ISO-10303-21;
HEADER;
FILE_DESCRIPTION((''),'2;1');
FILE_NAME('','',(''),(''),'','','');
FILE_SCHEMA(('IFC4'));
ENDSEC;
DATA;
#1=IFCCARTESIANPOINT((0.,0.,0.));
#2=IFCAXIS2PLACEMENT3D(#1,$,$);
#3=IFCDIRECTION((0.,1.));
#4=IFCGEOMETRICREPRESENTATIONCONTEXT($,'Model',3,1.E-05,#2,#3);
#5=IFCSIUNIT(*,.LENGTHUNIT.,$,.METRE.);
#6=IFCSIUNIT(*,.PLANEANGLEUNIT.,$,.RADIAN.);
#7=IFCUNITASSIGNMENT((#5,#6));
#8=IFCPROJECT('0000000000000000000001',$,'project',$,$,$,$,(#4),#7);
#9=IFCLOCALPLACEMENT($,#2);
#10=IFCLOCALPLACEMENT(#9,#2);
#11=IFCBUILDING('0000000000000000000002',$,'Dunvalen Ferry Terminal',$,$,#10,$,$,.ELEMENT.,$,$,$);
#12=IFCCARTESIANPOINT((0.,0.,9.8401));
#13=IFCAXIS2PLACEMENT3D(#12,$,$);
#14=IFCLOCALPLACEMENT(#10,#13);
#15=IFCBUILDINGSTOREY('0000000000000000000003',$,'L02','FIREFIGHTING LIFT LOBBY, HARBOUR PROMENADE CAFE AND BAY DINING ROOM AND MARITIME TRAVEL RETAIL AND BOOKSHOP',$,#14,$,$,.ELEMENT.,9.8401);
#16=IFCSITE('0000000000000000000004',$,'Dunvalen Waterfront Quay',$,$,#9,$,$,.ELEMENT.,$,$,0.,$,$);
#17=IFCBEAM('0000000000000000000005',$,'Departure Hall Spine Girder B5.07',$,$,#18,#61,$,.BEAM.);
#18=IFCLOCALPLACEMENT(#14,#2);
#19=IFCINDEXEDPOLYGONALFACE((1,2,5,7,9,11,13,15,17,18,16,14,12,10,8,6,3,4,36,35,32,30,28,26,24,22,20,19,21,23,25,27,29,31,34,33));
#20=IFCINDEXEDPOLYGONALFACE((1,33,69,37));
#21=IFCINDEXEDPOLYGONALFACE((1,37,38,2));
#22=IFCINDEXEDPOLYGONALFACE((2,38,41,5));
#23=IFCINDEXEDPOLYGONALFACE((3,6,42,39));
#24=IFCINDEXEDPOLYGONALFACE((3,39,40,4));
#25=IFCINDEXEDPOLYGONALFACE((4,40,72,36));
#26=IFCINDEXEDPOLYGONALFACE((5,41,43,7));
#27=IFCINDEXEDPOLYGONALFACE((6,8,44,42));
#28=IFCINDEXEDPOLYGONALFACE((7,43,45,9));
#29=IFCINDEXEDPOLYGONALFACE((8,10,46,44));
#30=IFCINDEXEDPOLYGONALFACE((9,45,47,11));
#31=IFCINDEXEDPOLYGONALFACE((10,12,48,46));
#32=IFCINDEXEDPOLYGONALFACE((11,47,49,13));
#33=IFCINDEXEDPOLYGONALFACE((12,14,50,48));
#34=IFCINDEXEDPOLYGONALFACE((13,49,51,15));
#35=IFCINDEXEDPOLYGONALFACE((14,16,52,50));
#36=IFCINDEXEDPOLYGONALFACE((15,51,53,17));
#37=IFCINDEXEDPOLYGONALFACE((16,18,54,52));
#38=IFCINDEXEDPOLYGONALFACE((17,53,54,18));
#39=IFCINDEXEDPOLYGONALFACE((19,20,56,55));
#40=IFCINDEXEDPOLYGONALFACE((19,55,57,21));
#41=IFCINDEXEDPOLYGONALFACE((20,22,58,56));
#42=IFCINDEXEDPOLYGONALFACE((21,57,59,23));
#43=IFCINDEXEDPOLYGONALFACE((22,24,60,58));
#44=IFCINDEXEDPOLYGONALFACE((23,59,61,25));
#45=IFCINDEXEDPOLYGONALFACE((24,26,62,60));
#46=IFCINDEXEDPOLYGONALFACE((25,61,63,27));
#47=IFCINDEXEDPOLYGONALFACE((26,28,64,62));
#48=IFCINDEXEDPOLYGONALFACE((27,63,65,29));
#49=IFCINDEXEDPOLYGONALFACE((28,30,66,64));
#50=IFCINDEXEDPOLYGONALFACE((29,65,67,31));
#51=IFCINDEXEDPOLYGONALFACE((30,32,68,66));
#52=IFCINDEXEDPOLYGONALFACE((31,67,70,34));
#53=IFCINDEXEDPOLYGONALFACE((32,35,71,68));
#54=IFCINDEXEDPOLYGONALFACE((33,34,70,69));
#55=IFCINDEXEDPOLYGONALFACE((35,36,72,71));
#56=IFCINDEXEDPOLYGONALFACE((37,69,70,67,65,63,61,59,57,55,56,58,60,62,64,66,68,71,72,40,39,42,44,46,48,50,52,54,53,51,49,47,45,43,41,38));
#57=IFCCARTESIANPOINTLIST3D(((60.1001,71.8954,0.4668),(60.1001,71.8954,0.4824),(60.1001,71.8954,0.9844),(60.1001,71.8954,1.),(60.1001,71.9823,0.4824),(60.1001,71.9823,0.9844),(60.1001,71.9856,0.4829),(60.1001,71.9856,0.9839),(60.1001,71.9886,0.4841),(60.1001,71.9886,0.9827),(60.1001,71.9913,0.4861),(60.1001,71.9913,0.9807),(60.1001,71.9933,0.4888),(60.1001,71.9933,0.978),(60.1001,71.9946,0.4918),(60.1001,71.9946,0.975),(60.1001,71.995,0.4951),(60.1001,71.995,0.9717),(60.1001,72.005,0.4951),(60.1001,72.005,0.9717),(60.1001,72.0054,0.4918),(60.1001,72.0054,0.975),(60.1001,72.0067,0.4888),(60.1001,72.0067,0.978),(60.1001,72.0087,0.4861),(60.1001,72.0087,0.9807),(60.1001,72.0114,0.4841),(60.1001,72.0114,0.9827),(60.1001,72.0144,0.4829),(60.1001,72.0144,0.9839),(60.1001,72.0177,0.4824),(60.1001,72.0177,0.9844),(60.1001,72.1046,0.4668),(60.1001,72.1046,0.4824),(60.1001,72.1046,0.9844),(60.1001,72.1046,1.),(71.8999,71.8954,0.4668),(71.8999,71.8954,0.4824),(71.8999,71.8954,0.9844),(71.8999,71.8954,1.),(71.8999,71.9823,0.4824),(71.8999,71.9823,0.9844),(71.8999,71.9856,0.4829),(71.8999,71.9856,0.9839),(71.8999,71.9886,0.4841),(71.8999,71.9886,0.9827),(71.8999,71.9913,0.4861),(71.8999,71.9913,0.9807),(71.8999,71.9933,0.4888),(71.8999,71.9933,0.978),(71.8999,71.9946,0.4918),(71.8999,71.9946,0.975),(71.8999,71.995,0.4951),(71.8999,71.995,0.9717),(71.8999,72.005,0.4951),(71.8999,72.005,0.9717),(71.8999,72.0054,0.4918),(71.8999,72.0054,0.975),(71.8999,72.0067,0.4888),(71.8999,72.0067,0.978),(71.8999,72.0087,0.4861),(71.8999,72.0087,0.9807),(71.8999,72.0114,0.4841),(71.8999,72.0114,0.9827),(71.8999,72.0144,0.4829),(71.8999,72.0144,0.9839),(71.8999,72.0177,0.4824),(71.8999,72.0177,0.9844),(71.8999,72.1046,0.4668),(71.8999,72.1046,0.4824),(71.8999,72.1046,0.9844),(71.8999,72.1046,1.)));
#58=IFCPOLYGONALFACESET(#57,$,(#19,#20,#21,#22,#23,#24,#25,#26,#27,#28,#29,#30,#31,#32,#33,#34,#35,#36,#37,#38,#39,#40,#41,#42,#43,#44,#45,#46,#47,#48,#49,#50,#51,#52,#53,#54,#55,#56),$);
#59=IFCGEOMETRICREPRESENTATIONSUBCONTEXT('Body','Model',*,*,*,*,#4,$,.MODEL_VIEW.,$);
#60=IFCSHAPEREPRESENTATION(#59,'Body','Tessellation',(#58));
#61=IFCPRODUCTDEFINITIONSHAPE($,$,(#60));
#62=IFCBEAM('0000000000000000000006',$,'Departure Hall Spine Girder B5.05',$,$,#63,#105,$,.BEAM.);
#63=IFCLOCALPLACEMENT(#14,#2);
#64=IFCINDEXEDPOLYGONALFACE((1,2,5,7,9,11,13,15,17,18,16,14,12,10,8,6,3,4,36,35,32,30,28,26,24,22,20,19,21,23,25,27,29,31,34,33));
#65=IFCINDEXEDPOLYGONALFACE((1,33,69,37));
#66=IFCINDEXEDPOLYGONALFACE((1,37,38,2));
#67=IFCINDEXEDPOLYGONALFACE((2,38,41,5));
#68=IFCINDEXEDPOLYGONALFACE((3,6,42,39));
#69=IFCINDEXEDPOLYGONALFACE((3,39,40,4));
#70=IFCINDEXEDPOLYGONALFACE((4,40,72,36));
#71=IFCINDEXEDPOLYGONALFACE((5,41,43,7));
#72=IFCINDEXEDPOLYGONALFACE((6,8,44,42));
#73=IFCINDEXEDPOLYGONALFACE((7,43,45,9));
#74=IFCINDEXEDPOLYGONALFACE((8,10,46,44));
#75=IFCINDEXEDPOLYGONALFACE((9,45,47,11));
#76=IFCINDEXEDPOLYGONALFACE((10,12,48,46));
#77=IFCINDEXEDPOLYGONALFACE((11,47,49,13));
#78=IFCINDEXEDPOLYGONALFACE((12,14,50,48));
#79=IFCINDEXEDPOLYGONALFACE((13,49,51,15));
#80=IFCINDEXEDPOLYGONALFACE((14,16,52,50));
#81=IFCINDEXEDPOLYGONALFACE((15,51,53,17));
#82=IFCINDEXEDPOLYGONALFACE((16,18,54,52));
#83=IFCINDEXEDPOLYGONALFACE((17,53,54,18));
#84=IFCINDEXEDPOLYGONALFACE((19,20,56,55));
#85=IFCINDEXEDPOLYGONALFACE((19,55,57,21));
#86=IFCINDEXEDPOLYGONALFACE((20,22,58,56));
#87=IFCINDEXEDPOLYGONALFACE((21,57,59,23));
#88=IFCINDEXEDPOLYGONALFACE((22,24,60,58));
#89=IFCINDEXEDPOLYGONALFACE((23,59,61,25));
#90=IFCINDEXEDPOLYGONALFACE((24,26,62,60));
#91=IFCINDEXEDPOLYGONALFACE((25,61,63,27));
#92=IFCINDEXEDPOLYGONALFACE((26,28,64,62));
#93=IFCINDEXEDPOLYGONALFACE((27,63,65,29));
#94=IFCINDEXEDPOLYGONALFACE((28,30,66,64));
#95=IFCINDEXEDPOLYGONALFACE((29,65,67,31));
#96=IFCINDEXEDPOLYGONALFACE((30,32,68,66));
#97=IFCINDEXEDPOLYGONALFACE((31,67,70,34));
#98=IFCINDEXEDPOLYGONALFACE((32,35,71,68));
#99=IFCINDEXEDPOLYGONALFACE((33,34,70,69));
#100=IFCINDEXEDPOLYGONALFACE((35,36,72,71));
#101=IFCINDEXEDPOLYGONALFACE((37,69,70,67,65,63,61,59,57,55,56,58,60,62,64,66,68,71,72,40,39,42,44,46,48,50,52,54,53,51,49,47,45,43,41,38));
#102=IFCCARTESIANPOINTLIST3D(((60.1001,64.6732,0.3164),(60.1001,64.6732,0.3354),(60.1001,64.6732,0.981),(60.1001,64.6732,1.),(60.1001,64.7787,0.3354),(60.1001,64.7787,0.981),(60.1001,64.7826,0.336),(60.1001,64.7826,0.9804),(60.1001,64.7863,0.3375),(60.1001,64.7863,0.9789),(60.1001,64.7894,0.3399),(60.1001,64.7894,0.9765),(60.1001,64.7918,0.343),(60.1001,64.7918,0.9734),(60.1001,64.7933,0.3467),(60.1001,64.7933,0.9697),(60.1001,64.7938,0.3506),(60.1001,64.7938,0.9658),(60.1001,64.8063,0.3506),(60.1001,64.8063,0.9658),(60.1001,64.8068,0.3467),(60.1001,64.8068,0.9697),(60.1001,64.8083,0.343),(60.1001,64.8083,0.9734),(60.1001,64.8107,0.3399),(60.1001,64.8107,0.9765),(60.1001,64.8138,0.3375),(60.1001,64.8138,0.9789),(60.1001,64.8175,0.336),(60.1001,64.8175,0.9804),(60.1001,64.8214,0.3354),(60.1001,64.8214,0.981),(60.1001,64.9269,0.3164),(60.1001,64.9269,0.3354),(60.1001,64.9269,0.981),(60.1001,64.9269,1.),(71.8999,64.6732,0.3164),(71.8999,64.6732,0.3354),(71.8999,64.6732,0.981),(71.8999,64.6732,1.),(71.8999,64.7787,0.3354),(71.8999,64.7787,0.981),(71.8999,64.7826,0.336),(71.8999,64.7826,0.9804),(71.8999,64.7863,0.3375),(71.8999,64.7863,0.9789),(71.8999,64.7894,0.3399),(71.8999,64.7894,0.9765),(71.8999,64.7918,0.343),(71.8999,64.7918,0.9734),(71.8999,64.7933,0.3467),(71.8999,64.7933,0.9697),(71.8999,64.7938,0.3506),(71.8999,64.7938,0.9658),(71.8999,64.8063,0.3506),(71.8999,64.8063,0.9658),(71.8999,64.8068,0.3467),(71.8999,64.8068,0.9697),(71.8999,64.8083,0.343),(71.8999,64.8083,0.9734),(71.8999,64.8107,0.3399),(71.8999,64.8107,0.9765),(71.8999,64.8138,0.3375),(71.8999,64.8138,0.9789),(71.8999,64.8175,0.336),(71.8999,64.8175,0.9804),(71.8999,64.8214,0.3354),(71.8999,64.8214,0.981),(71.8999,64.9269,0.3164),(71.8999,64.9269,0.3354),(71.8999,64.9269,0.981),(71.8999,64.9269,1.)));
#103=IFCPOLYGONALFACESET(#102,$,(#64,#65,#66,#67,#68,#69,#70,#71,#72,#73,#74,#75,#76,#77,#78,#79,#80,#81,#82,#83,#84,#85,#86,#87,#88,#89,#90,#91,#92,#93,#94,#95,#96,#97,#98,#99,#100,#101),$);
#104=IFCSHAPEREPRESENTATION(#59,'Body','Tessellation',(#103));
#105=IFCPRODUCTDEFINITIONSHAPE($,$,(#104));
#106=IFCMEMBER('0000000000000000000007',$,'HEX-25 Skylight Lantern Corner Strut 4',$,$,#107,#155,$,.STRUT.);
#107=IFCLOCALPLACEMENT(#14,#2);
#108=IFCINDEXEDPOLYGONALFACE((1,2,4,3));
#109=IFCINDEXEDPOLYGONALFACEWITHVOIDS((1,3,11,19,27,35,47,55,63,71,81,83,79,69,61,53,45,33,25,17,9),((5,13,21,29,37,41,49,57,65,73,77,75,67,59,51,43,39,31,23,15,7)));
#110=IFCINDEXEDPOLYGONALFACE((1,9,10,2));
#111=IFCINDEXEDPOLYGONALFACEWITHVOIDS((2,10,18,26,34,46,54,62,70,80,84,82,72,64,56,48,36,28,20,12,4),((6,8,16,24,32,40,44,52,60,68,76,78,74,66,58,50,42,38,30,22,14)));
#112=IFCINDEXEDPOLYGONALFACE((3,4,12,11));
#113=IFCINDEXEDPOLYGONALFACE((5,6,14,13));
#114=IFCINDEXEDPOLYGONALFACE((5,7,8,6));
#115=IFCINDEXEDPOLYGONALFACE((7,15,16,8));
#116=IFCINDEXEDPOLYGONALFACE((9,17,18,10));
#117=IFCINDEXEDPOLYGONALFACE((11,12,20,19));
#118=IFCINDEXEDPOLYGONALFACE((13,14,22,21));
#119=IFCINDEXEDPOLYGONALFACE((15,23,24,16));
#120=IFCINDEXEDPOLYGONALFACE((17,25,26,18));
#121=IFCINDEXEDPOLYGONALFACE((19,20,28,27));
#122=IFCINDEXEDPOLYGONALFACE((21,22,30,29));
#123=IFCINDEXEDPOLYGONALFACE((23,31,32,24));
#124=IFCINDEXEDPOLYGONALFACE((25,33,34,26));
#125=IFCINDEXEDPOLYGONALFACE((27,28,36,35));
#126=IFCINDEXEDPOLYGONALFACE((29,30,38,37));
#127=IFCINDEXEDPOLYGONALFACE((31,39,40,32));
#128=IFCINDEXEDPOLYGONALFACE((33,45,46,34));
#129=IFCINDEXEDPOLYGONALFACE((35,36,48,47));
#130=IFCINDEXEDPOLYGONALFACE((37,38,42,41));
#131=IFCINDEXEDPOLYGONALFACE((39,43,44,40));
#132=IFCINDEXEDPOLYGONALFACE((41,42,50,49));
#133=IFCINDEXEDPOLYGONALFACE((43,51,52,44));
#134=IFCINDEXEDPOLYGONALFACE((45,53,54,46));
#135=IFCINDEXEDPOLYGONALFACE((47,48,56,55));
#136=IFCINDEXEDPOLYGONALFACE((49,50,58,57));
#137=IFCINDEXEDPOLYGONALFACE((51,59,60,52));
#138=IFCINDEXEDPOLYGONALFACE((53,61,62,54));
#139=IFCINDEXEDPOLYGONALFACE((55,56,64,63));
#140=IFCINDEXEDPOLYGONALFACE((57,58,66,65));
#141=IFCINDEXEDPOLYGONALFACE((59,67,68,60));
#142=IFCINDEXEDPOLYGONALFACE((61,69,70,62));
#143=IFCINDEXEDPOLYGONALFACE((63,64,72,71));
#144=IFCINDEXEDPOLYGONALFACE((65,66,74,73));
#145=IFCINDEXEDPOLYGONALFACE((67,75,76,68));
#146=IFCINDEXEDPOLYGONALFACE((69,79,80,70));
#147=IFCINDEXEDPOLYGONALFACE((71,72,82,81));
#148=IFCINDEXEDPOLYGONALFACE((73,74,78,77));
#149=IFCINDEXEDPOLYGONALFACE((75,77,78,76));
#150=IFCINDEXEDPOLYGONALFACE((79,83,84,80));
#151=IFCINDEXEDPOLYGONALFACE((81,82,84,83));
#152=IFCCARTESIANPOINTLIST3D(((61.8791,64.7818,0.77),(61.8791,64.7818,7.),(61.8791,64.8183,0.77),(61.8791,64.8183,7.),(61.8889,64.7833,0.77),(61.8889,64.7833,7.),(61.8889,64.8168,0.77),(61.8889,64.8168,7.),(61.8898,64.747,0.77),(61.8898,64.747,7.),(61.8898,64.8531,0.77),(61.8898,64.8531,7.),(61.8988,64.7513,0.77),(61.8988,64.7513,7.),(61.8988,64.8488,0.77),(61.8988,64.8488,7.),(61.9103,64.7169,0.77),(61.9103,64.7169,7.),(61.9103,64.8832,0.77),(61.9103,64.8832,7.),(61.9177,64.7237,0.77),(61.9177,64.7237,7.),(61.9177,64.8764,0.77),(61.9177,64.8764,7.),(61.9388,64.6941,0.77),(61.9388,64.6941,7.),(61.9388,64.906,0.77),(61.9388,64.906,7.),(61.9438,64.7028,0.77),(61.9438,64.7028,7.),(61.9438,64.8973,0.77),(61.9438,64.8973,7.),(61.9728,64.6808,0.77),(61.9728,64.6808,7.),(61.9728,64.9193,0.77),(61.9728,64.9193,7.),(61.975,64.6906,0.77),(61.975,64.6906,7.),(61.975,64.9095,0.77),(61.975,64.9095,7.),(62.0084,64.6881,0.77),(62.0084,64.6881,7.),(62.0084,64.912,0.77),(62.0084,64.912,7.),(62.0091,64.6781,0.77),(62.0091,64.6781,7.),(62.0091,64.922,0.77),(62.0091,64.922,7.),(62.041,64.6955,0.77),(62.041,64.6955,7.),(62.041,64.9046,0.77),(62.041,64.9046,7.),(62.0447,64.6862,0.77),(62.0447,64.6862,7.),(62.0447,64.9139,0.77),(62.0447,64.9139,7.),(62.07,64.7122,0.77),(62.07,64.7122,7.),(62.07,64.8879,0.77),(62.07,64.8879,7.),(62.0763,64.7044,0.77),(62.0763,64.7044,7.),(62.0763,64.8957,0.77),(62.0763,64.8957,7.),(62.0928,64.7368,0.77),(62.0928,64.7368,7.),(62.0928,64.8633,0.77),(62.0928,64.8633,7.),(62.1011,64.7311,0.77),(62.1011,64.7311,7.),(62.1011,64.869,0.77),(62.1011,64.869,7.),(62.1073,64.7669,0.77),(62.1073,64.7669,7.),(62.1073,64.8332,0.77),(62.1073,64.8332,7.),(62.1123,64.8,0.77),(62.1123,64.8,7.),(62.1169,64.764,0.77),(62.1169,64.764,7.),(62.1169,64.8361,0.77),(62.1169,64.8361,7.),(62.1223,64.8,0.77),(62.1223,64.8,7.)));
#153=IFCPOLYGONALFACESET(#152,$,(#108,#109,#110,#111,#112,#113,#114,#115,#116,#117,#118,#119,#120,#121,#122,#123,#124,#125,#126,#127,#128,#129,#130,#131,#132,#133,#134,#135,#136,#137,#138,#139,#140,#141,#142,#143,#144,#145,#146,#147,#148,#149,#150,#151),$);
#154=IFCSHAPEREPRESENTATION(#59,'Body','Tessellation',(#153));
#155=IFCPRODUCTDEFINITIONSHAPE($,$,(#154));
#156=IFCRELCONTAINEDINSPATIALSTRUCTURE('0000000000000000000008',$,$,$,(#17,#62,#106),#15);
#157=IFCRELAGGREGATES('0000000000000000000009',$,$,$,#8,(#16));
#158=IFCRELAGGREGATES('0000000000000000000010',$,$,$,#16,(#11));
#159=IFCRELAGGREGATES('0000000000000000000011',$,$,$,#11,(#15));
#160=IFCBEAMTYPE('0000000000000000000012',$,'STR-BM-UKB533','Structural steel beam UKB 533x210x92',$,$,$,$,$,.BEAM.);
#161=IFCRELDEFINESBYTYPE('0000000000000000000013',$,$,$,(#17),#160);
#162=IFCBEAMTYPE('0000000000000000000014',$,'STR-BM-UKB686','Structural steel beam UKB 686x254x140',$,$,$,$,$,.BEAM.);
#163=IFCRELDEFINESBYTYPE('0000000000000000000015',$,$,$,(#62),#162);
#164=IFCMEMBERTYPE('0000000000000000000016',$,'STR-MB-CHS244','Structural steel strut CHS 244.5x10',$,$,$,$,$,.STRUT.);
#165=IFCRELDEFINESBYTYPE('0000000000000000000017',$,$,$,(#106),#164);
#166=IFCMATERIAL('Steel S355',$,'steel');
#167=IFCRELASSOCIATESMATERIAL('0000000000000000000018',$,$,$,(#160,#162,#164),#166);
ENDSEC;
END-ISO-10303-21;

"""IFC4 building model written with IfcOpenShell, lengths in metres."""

from ifc_helpers import new_model, si_unit, direction, frame, origin, origin_2d, place, context, subcontext, project, spatial, hollow_circle, i_section, extrude, material, material_profile, profile_set, type_object, element, save


model = new_model("IFC4")

# Units and contexts
model_context = context("Model", 3, precision=1e-05, world=origin(), true_north=direction((0.0, 1.0)))
body_context = subcontext(model_context, "Body", "Model", "MODEL_VIEW")
ifc_project = project(units=[si_unit("LENGTHUNIT", "METRE"), si_unit("PLANEANGLEUNIT", "RADIAN")], contexts=[model_context])

# Site, building, storey
site_placement = place(None, origin())
site = spatial("IfcSite", under=ifc_project, at=site_placement, Name="Dunvalen Waterfront Quay", CompositionType="ELEMENT", RefElevation=0.0)
building_placement = place(site_placement, origin())
building = spatial("IfcBuilding", under=site, at=building_placement, Name="Dunvalen Ferry Terminal", CompositionType="ELEMENT")
storey_placement = place(building_placement, frame((0.0, 0.0, 9.8401)))
storey = spatial("IfcBuildingStorey", under=building, at=storey_placement, Name="L02", Description="FIREFIGHTING LIFT LOBBY, HARBOUR PROMENADE CAFE AND BAY DINING ROOM AND MARITIME TRAVEL RETAIL AND BOOKSHOP", CompositionType="ELEMENT", Elevation=9.8401)

# Beams
ifc_material_1 = material(Name="Steel S355", Category="steel")
ifc_material_profile_1 = material_profile(ifc_material_1, i_section(OverallWidth=0.2092, OverallDepth=0.5332, WebThickness=0.01, FlangeThickness=0.0156, FilletRadius=0.0127, at=origin_2d()), Name="Steel S355")
ifc_profile_set_1 = profile_set([ifc_material_profile_1], Name="Steel S355")
beam_type_1 = type_object("IfcBeamType", Name="STR-BM-UKB533", Description="Structural steel beam UKB 533x210x92", PredefinedType="BEAM", material=ifc_profile_set_1)
for number, where, z_axis, x_axis, name in (
    (1, (60.1001, 72.0, 0.7334), (1.0, 0.0, 0.0), (0.0, 1.0, 0.0), "Departure Hall Spine Girder B5.07"),
):
    element("IfcBeam", number, at=place(storey_placement, frame(where, z_axis=z_axis, x_axis=x_axis)), inside=storey, type_object=beam_type_1, Name=name, PredefinedType="BEAM", context=body_context, shape_type="SweptSolid", body=[
        extrude(i_section(OverallWidth=0.2092, OverallDepth=0.5332, WebThickness=0.01, FlangeThickness=0.0156, FilletRadius=0.0127, at=origin_2d()), origin(), (0.0, 0.0, 1.0), 11.7998),
    ])
ifc_material_profile_2 = material_profile(ifc_material_1, i_section(OverallWidth=0.2537, OverallDepth=0.6836, WebThickness=0.0125, FlangeThickness=0.019, FilletRadius=0.0151, at=origin_2d()), Name="Steel S355")
ifc_profile_set_2 = profile_set([ifc_material_profile_2], Name="Steel S355")
beam_type_2 = type_object("IfcBeamType", Name="STR-BM-UKB686", Description="Structural steel beam UKB 686x254x140", PredefinedType="BEAM", material=ifc_profile_set_2)
beam_1_placement = place(storey_placement, frame((60.1001, 64.8, 0.6582), z_axis=(1.0, 0.0, 0.0), x_axis=(0.0, 1.0, 0.0)))
element("IfcBeam", 2, at=beam_1_placement, inside=storey, type_object=beam_type_2, Name="Departure Hall Spine Girder B5.05", PredefinedType="BEAM", context=body_context, shape_type="SweptSolid", body=[
    extrude(i_section(OverallWidth=0.2537, OverallDepth=0.6836, WebThickness=0.0125, FlangeThickness=0.019, FilletRadius=0.0151, at=origin_2d()), origin(), (0.0, 0.0, 1.0), 11.7998),
])

# Member
ifc_material_profile_3 = material_profile(ifc_material_1, hollow_circle(Radius=0.1223, WallThickness=0.01, at=origin_2d()), Name="Steel S355")
ifc_profile_set_3 = profile_set([ifc_material_profile_3], Name="Steel S355")
member_type_1 = type_object("IfcMemberType", Name="STR-MB-CHS244", Description="Structural steel strut CHS 244.5x10", PredefinedType="STRUT", material=ifc_profile_set_3)
member_1_placement = place(storey_placement, frame((62.0, 64.8, 0.77), z_axis=(0.0, 0.0, 1.0), x_axis=(1.0, 0.0, 0.0)))
element("IfcMember", 3, at=member_1_placement, inside=storey, type_object=member_type_1, Name="HEX-25 Skylight Lantern Corner Strut 4", PredefinedType="STRUT", context=body_context, shape_type="SweptSolid", body=[
    extrude(hollow_circle(Radius=0.1223, WallThickness=0.01, at=origin_2d()), origin(), (0.0, 0.0, 1.0), 6.23),
])

save(model, "model.ifc")
